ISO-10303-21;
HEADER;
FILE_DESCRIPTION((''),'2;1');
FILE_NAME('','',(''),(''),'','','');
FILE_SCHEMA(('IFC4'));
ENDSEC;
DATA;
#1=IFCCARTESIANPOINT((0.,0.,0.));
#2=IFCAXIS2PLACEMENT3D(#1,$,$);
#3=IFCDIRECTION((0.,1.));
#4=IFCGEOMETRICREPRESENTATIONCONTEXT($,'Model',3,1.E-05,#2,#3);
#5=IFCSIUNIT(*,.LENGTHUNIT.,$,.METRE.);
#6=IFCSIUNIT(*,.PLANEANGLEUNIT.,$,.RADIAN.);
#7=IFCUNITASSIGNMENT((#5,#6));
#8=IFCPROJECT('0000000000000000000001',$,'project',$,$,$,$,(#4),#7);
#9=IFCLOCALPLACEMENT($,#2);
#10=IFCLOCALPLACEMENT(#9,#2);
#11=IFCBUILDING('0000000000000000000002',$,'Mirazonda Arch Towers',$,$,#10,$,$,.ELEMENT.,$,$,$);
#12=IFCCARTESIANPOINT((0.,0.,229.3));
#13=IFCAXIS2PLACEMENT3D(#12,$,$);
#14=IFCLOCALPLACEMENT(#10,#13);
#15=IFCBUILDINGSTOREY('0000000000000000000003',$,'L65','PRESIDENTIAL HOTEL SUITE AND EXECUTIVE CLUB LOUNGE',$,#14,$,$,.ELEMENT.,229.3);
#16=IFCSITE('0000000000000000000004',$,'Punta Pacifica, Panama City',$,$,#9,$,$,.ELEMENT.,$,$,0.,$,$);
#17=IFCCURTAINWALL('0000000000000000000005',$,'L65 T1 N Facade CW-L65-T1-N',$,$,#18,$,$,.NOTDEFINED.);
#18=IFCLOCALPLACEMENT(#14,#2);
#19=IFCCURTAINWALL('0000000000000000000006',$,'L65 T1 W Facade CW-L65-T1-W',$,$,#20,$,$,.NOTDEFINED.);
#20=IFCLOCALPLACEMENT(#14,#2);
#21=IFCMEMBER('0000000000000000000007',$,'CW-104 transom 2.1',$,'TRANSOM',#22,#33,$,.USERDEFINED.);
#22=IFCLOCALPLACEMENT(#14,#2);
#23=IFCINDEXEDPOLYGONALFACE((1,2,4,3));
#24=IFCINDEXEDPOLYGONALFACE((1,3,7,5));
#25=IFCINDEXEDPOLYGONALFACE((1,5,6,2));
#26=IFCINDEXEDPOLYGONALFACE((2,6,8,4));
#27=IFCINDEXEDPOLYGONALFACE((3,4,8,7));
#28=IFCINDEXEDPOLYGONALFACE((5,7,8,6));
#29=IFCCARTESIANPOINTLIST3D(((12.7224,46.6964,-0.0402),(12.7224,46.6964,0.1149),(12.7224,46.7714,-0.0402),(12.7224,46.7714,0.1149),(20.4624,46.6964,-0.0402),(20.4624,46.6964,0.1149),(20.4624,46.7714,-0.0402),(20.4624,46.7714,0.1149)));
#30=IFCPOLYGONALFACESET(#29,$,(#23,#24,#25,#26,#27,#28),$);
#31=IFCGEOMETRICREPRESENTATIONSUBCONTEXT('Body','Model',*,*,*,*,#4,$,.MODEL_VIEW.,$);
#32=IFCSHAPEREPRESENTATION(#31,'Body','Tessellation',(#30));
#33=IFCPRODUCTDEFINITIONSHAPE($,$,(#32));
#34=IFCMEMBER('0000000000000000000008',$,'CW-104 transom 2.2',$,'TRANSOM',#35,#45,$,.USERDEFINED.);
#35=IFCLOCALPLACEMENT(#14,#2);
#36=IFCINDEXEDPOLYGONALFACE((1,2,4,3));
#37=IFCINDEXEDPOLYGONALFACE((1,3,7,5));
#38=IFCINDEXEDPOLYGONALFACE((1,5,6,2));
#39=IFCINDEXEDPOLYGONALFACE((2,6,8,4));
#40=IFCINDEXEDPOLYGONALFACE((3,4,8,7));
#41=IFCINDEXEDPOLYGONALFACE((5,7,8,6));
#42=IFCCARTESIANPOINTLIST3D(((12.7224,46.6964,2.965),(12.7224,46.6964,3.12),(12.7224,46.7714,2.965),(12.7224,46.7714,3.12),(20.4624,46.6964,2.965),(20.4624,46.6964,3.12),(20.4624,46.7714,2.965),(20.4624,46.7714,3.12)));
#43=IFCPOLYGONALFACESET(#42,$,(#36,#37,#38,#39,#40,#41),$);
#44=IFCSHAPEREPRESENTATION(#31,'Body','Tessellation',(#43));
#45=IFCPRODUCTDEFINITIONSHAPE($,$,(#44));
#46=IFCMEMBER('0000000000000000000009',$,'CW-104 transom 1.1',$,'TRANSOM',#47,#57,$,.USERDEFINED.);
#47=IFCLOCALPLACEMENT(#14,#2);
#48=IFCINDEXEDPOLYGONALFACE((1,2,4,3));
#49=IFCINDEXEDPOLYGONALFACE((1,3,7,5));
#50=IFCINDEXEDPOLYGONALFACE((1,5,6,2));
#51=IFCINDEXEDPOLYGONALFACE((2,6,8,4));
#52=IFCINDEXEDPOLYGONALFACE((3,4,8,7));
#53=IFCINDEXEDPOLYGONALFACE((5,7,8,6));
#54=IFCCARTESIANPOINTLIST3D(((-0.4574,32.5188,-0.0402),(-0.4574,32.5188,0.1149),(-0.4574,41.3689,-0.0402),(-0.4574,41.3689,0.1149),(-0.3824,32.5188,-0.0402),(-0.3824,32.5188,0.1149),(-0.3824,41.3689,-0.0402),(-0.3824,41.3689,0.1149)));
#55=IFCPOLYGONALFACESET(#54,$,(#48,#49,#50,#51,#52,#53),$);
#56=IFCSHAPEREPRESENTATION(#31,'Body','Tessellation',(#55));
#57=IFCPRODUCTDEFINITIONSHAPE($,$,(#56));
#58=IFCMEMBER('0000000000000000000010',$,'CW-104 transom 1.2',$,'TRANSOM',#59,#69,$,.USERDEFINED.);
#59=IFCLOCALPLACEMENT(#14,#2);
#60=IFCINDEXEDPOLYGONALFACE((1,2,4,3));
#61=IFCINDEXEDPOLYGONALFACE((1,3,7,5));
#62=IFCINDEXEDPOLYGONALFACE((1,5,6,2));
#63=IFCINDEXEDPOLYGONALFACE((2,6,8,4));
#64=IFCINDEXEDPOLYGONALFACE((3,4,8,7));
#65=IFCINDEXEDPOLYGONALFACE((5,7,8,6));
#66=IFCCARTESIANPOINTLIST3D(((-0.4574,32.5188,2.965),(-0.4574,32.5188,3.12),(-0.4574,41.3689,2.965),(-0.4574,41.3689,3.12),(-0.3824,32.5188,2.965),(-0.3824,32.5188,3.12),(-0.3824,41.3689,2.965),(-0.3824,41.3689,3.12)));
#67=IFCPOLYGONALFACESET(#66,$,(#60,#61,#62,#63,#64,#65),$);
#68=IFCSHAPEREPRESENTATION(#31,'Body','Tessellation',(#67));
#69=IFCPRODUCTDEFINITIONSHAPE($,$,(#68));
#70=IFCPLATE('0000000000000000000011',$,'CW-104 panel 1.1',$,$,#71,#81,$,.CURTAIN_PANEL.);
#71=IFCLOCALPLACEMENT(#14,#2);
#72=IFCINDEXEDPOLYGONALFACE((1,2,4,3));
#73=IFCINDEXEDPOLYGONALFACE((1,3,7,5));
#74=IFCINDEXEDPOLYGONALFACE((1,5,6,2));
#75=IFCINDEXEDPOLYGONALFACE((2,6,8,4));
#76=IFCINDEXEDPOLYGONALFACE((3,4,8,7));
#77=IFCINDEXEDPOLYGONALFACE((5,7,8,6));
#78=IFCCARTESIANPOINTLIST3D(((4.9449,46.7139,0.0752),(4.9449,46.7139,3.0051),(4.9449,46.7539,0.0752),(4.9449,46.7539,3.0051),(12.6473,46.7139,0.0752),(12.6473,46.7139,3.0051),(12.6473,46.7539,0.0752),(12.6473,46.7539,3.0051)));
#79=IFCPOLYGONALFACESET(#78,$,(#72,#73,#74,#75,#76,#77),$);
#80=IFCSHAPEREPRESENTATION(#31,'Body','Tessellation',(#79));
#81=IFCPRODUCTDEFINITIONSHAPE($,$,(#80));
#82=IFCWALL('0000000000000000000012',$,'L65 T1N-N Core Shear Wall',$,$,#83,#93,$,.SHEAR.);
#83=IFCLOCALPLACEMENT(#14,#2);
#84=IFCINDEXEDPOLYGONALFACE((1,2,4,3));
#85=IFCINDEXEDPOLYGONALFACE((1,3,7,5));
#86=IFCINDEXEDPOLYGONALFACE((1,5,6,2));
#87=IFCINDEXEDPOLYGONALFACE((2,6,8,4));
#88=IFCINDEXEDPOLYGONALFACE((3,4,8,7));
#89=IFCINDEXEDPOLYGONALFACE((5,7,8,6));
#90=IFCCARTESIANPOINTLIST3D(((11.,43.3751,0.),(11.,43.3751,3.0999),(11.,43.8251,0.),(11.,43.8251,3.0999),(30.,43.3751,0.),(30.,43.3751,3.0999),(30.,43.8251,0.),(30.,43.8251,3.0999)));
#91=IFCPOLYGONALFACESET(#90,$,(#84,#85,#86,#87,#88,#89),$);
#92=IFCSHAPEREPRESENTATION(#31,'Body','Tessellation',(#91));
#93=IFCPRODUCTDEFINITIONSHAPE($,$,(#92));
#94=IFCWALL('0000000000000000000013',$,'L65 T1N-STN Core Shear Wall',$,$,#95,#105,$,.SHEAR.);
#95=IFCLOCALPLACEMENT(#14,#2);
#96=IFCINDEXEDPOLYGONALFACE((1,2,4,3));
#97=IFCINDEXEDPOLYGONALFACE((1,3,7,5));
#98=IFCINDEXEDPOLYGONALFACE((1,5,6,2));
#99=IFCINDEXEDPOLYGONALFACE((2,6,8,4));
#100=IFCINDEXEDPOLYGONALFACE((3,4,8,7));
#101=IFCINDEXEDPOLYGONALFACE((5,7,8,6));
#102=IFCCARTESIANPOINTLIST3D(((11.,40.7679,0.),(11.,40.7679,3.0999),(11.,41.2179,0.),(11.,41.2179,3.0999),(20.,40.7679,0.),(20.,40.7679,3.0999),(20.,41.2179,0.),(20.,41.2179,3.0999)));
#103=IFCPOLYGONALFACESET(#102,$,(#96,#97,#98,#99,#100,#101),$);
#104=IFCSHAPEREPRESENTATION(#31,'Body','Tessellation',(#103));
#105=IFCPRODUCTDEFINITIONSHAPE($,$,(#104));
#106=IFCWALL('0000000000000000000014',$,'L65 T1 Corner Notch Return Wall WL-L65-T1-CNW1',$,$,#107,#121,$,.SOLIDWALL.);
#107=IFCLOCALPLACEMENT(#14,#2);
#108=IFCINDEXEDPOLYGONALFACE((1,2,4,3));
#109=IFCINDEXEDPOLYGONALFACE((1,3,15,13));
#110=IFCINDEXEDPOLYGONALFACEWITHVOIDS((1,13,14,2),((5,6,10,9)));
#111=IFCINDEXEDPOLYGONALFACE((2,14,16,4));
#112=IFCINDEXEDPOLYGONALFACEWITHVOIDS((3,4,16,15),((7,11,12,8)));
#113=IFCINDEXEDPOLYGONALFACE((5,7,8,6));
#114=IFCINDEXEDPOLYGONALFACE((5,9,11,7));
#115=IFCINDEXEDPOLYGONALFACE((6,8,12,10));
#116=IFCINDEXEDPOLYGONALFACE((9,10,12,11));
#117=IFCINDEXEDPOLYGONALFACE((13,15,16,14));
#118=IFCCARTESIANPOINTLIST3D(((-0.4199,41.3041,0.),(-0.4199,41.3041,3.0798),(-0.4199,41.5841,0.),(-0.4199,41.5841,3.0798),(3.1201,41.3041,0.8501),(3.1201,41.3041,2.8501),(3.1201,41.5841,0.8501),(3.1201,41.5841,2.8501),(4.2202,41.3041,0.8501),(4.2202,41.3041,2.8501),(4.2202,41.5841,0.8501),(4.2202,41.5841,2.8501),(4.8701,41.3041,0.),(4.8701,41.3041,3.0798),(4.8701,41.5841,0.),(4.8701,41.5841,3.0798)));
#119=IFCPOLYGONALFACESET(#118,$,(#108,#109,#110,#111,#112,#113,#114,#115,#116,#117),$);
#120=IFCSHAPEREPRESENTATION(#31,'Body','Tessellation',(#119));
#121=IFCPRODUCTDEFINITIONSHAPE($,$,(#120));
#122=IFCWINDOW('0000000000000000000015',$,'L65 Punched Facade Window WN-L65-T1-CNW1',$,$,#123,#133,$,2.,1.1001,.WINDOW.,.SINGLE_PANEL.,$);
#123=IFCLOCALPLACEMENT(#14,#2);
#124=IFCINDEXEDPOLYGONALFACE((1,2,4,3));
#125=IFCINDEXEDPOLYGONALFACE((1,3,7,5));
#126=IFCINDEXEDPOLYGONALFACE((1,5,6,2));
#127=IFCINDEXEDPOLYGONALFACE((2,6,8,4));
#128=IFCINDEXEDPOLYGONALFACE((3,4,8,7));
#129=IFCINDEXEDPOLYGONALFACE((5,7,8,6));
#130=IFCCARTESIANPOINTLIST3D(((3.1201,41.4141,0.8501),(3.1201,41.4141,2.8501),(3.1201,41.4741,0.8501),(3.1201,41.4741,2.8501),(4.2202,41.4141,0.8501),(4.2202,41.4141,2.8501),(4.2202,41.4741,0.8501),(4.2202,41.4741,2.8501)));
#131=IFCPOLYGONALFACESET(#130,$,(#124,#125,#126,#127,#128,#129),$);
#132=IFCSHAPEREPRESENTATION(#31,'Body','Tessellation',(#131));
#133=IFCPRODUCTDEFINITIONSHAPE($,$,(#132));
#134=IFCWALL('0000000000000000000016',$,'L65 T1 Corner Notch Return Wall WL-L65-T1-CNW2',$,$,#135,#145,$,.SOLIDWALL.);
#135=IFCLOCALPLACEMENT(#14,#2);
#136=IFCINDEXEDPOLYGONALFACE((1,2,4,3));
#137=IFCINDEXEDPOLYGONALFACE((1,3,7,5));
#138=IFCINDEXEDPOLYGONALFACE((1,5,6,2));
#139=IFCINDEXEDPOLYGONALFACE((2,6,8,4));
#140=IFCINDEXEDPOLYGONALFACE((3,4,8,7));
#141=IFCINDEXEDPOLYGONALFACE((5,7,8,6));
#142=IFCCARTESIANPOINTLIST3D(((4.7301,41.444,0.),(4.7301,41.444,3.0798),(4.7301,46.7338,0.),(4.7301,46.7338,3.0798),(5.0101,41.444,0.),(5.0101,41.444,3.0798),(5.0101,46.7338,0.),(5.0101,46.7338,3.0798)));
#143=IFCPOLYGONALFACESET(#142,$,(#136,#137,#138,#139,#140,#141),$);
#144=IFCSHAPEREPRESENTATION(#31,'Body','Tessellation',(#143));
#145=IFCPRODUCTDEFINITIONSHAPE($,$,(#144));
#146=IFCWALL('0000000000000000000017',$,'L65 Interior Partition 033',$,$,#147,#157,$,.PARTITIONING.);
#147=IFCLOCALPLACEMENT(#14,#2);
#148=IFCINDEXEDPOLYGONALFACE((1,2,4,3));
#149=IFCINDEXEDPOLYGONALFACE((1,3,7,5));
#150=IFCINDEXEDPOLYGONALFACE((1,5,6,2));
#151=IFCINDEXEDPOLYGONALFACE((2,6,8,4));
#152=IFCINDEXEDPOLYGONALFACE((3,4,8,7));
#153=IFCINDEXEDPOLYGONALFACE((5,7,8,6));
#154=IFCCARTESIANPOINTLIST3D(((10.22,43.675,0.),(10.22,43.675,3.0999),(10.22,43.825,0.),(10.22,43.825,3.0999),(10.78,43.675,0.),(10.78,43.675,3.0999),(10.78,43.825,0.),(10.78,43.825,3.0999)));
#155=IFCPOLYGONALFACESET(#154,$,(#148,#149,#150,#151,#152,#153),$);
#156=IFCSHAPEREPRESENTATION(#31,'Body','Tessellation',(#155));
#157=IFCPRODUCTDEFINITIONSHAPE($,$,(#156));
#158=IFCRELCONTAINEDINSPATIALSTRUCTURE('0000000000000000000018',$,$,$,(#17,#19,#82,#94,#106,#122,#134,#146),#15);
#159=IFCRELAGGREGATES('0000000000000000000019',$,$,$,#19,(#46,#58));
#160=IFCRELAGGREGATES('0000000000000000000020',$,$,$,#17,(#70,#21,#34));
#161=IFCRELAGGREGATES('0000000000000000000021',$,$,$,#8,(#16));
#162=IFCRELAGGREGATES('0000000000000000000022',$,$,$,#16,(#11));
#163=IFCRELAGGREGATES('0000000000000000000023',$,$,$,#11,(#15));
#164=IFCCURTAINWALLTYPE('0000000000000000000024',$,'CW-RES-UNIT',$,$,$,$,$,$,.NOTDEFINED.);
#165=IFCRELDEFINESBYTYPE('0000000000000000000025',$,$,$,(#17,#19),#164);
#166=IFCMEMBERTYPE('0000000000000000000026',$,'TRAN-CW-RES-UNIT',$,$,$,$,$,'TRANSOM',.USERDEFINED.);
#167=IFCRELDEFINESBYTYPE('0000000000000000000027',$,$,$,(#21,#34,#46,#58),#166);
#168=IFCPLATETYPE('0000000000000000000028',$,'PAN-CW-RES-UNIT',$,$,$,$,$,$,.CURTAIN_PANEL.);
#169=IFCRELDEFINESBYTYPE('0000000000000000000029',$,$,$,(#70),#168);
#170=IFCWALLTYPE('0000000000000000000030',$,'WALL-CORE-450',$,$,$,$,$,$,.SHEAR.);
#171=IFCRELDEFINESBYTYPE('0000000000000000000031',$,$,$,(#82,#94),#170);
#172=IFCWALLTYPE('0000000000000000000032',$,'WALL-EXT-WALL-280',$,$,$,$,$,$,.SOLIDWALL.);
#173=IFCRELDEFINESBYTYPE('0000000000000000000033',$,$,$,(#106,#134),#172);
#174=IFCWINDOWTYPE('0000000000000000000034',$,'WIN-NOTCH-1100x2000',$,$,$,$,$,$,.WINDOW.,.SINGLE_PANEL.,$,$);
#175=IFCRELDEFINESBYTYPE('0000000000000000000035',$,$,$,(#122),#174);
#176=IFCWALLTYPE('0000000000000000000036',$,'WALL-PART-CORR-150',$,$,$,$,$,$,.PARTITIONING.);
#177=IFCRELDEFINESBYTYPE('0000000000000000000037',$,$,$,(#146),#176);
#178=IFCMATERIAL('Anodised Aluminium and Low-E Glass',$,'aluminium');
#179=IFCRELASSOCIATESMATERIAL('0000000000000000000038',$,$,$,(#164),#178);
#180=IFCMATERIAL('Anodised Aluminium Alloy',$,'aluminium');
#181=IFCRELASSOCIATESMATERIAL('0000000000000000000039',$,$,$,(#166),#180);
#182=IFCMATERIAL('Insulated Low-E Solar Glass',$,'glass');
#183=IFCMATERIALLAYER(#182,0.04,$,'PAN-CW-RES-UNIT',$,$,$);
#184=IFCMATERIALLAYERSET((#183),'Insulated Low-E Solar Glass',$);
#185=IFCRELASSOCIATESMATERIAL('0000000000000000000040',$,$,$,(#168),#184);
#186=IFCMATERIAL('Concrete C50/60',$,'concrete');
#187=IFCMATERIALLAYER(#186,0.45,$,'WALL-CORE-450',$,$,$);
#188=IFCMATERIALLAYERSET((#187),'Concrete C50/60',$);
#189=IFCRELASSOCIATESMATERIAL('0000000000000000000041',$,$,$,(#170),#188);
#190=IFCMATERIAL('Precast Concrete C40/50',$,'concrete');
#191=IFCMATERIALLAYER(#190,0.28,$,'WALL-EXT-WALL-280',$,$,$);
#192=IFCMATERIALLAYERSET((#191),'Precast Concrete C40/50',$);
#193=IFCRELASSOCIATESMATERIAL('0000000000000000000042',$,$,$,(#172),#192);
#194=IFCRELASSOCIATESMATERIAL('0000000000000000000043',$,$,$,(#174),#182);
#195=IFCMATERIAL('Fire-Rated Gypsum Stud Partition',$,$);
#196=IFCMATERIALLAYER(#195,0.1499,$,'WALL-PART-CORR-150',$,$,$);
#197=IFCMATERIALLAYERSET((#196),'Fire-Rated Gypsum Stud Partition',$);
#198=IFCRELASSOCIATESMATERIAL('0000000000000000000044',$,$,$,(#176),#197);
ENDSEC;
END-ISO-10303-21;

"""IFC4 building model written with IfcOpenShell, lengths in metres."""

from ifc_helpers import new_model, si_unit, direction, frame, frame_2d, origin, origin_2d, place, context, subcontext, project, spatial, rectangle, extrude, material, layer, layer_set, material_profile, profile_set, type_object, element, fill, aggregate, save


model = new_model("IFC4")

# Units and contexts
model_context = context("Model", 3, precision=1e-05, world=origin(), true_north=direction((0.0, 1.0)))
body_context = subcontext(model_context, "Body", "Model", "MODEL_VIEW")
ifc_project = project(units=[si_unit("LENGTHUNIT", "METRE"), si_unit("PLANEANGLEUNIT", "RADIAN")], contexts=[model_context])

# Site, building, storey
site_placement = place(None, origin())
site = spatial("IfcSite", under=ifc_project, at=site_placement, Name="Punta Pacifica, Panama City", CompositionType="ELEMENT", RefElevation=0.0)
building_placement = place(site_placement, origin())
building = spatial("IfcBuilding", under=site, at=building_placement, Name="Mirazonda Arch Towers", CompositionType="ELEMENT")
storey_placement = place(building_placement, frame((0.0, 0.0, 229.3)))
storey = spatial("IfcBuildingStorey", under=building, at=storey_placement, Name="L65", Description="PRESIDENTIAL HOTEL SUITE AND EXECUTIVE CLUB LOUNGE", CompositionType="ELEMENT", Elevation=229.3)

# Shared definitions
ifc_material_1 = material(Name="Concrete C50/60", Category="concrete")

# Curtain wall
ifc_material_2 = material(Name="Anodised Aluminium and Low-E Glass", Category="aluminium")
curtain_wall_type = type_object("IfcCurtainWallType", Name="CW-RES-UNIT", PredefinedType="NOTDEFINED", material=ifc_material_2)
curtain_wall_1_placement = place(storey_placement, origin())
curtain_wall_1 = element("IfcCurtainWall", 1, at=curtain_wall_1_placement, inside=storey, type_object=curtain_wall_type, Name="L65 T1 N Facade CW-L65-T1-N", PredefinedType="NOTDEFINED")
ifc_material_3 = material(Name="Anodised Aluminium Alloy", Category="aluminium")

# Curtain wall
curtain_wall_2_placement = place(storey_placement, origin())
curtain_wall_2 = element("IfcCurtainWall", 2, at=curtain_wall_2_placement, inside=storey, type_object=curtain_wall_type, Name="L65 T1 W Facade CW-L65-T1-W", PredefinedType="NOTDEFINED")

# Members
ifc_material_profile_1 = material_profile(ifc_material_3, rectangle(XDim=0.075, YDim=0.155, at=origin_2d()), Name="ALU-TRAN-75x155")
ifc_profile_set_1 = profile_set([ifc_material_profile_1], Name="Anodised Aluminium Alloy")
member_type_1 = type_object("IfcMemberType", Name="TRAN-CW-RES-UNIT", ElementType="TRANSOM", PredefinedType="USERDEFINED", material=ifc_profile_set_1)
member_1_placement = place(storey_placement, frame((12.7224, 46.7339, 0.0374), z_axis=(1.0, 0.0, 0.0), x_axis=(0.0, 1.0, 0.0)))
member_1 = element("IfcMember", 3, at=member_1_placement, type_object=member_type_1, Name="CW-104 transom 2.1", ObjectType="TRANSOM", PredefinedType="USERDEFINED", context=body_context, shape_type="SweptSolid", body=[
    extrude(rectangle(XDim=0.075, YDim=0.155, at=origin_2d()), origin(), (0.0, 0.0, 1.0), 7.74),
])
member_2_placement = place(storey_placement, frame((12.7224, 46.7339, 3.0425), z_axis=(1.0, 0.0, 0.0), x_axis=(0.0, 1.0, 0.0)))
member_2 = element("IfcMember", 4, at=member_2_placement, type_object=member_type_1, Name="CW-104 transom 2.2", ObjectType="TRANSOM", PredefinedType="USERDEFINED", context=body_context, shape_type="SweptSolid", body=[
    extrude(rectangle(XDim=0.075, YDim=0.155, at=origin_2d()), origin(), (0.0, 0.0, 1.0), 7.74),
])
member_3_placement = place(storey_placement, frame((-0.4199, 41.3689, 0.0374), z_axis=(0.0, -1.0, 0.0), x_axis=(1.0, 0.0, 0.0)))
member_3 = element("IfcMember", 5, at=member_3_placement, type_object=member_type_1, Name="CW-104 transom 1.1", ObjectType="TRANSOM", PredefinedType="USERDEFINED", context=body_context, shape_type="SweptSolid", body=[
    extrude(rectangle(XDim=0.075, YDim=0.155, at=origin_2d()), origin(), (0.0, 0.0, 1.0), 8.8501),
])
member_4_placement = place(storey_placement, frame((-0.4199, 41.3689, 3.0425), z_axis=(0.0, -1.0, 0.0), x_axis=(1.0, 0.0, 0.0)))
member_4 = element("IfcMember", 6, at=member_4_placement, type_object=member_type_1, Name="CW-104 transom 1.2", ObjectType="TRANSOM", PredefinedType="USERDEFINED", context=body_context, shape_type="SweptSolid", body=[
    extrude(rectangle(XDim=0.075, YDim=0.155, at=origin_2d()), origin(), (0.0, 0.0, 1.0), 8.8501),
])
aggregate(curtain_wall_2, [member_3, member_4])

# Plate
ifc_material_4 = material(Name="Insulated Low-E Solar Glass", Category="glass")
ifc_layer_1 = layer(ifc_material_4, 0.04, Name="PAN-CW-RES-UNIT")
ifc_layer_set_1 = layer_set([ifc_layer_1], Name="Insulated Low-E Solar Glass")
plate_type = type_object("IfcPlateType", Name="PAN-CW-RES-UNIT", PredefinedType="CURTAIN_PANEL", material=ifc_layer_set_1)
plate_placement = place(storey_placement, frame((8.7961, 46.7339, 0.0752), z_axis=(0.0, 0.0, 1.0), x_axis=(1.0, 0.0, 0.0)))
plate = element("IfcPlate", 7, at=plate_placement, type_object=plate_type, Name="CW-104 panel 1.1", PredefinedType="CURTAIN_PANEL", context=body_context, shape_type="SweptSolid", body=[
    extrude(rectangle(XDim=7.7024, YDim=0.04, at=origin_2d()), origin(), (0.0, 0.0, 1.0), 2.9299),
])
aggregate(curtain_wall_1, [plate, member_1, member_2])

# Walls
ifc_layer_2 = layer(ifc_material_1, 0.45, Name="WALL-CORE-450")
ifc_layer_set_2 = layer_set([ifc_layer_2], Name="Concrete C50/60")
wall_type_1 = type_object("IfcWallType", Name="WALL-CORE-450", PredefinedType="SHEAR", material=ifc_layer_set_2)
wall_1_placement = place(storey_placement, frame((11.0, 43.6001, 0.0), z_axis=(0.0, 0.0, 1.0), x_axis=(1.0, 0.0, 0.0)))
element("IfcWall", 8, at=wall_1_placement, inside=storey, type_object=wall_type_1, Name="L65 T1N-N Core Shear Wall", PredefinedType="SHEAR", context=body_context, shape_type="SweptSolid", body=[
    extrude(rectangle(XDim=19.0, YDim=0.45, at=frame_2d((9.5, 0.0))), origin(), (0.0, 0.0, 1.0), 3.0999),
])
wall_2_placement = place(storey_placement, frame((11.0, 40.9929, 0.0), z_axis=(0.0, 0.0, 1.0), x_axis=(1.0, 0.0, 0.0)))
element("IfcWall", 9, at=wall_2_placement, inside=storey, type_object=wall_type_1, Name="L65 T1N-STN Core Shear Wall", PredefinedType="SHEAR", context=body_context, shape_type="SweptSolid", body=[
    extrude(rectangle(XDim=9.0, YDim=0.45, at=frame_2d((4.5, 0.0))), origin(), (0.0, 0.0, 1.0), 3.0999),
])

# Wall, opening, window
ifc_material_5 = material(Name="Precast Concrete C40/50", Category="concrete")
ifc_layer_3 = layer(ifc_material_5, 0.28, Name="WALL-EXT-WALL-280")
ifc_layer_set_3 = layer_set([ifc_layer_3], Name="Precast Concrete C40/50")
wall_type_2 = type_object("IfcWallType", Name="WALL-EXT-WALL-280", PredefinedType="SOLIDWALL", material=ifc_layer_set_3)
wall_3_placement = place(storey_placement, frame((4.8701, 41.4441, 0.0), z_axis=(0.0, 0.0, 1.0), x_axis=(-1.0, 0.0, 0.0)))
wall_3 = element("IfcWall", 10, at=wall_3_placement, inside=storey, type_object=wall_type_2, Name="L65 T1 Corner Notch Return Wall WL-L65-T1-CNW1", PredefinedType="SOLIDWALL", context=body_context, shape_type="SweptSolid", body=[
    extrude(rectangle(XDim=5.29, YDim=0.28, at=frame_2d((2.645, 0.0))), origin(), (0.0, 0.0, 1.0), 3.0798),
])
opening_1_placement = place(wall_3_placement, frame((0.6499, 0.0, 0.8501)))
opening_1 = element("IfcOpeningElement", 11, at=opening_1_placement, cuts=wall_3, PredefinedType="OPENING", context=body_context, shape_type="SweptSolid", body=[
    extrude(rectangle(XDim=1.1001, YDim=2.0, at=frame_2d((0.55, 1.0))), frame((0.0, 0.1499, 0.0), z_axis=(0.0, -1.0, 0.0), x_axis=(1.0, 0.0, 0.0)), (0.0, 0.0, 1.0), 0.3),
])
window_type = type_object("IfcWindowType", Name="WIN-NOTCH-1100x2000", PartitioningType="SINGLE_PANEL", PredefinedType="WINDOW", material=ifc_material_4)
window_placement = place(opening_1_placement, origin())
window = element("IfcWindow", 12, at=window_placement, inside=storey, type_object=window_type, Name="L65 Punched Facade Window WN-L65-T1-CNW1", OverallHeight=2.0, OverallWidth=1.1001, PartitioningType="SINGLE_PANEL", PredefinedType="WINDOW", context=body_context, shape_type="SweptSolid", body=[
    extrude(rectangle(XDim=1.1001, YDim=2.0, at=frame_2d((0.55, 1.0))), frame((0.0, 0.03, 0.0), z_axis=(0.0, -1.0, 0.0), x_axis=(1.0, 0.0, 0.0)), (0.0, 0.0, 1.0), 0.0601),
])
fill(opening_1, window)

# Walls
wall_4_placement = place(storey_placement, frame((4.8701, 46.7339, 0.0), z_axis=(0.0, 0.0, 1.0), x_axis=(0.0, -1.0, 0.0)))
element("IfcWall", 13, at=wall_4_placement, inside=storey, type_object=wall_type_2, Name="L65 T1 Corner Notch Return Wall WL-L65-T1-CNW2", PredefinedType="SOLIDWALL", context=body_context, shape_type="SweptSolid", body=[
    extrude(rectangle(XDim=5.2898, YDim=0.28, at=frame_2d((2.645, 0.0))), origin(), (0.0, 0.0, 1.0), 3.0798),
])
ifc_material_6 = material(Name="Fire-Rated Gypsum Stud Partition")
ifc_layer_4 = layer(ifc_material_6, 0.1499, Name="WALL-PART-CORR-150")
ifc_layer_set_4 = layer_set([ifc_layer_4], Name="Fire-Rated Gypsum Stud Partition")
wall_type_3 = type_object("IfcWallType", Name="WALL-PART-CORR-150", PredefinedType="PARTITIONING", material=ifc_layer_set_4)
wall_5_placement = place(storey_placement, frame((10.22, 43.75, 0.0), z_axis=(0.0, 0.0, 1.0), x_axis=(1.0, 0.0, 0.0)))
element("IfcWall", 14, at=wall_5_placement, inside=storey, type_object=wall_type_3, Name="L65 Interior Partition 033", PredefinedType="PARTITIONING", context=body_context, shape_type="SweptSolid", body=[
    extrude(rectangle(XDim=0.5601, YDim=0.1499, at=frame_2d((0.28, 0.0))), origin(), (0.0, 0.0, 1.0), 3.0999),
])

save(model, "model.ifc")
